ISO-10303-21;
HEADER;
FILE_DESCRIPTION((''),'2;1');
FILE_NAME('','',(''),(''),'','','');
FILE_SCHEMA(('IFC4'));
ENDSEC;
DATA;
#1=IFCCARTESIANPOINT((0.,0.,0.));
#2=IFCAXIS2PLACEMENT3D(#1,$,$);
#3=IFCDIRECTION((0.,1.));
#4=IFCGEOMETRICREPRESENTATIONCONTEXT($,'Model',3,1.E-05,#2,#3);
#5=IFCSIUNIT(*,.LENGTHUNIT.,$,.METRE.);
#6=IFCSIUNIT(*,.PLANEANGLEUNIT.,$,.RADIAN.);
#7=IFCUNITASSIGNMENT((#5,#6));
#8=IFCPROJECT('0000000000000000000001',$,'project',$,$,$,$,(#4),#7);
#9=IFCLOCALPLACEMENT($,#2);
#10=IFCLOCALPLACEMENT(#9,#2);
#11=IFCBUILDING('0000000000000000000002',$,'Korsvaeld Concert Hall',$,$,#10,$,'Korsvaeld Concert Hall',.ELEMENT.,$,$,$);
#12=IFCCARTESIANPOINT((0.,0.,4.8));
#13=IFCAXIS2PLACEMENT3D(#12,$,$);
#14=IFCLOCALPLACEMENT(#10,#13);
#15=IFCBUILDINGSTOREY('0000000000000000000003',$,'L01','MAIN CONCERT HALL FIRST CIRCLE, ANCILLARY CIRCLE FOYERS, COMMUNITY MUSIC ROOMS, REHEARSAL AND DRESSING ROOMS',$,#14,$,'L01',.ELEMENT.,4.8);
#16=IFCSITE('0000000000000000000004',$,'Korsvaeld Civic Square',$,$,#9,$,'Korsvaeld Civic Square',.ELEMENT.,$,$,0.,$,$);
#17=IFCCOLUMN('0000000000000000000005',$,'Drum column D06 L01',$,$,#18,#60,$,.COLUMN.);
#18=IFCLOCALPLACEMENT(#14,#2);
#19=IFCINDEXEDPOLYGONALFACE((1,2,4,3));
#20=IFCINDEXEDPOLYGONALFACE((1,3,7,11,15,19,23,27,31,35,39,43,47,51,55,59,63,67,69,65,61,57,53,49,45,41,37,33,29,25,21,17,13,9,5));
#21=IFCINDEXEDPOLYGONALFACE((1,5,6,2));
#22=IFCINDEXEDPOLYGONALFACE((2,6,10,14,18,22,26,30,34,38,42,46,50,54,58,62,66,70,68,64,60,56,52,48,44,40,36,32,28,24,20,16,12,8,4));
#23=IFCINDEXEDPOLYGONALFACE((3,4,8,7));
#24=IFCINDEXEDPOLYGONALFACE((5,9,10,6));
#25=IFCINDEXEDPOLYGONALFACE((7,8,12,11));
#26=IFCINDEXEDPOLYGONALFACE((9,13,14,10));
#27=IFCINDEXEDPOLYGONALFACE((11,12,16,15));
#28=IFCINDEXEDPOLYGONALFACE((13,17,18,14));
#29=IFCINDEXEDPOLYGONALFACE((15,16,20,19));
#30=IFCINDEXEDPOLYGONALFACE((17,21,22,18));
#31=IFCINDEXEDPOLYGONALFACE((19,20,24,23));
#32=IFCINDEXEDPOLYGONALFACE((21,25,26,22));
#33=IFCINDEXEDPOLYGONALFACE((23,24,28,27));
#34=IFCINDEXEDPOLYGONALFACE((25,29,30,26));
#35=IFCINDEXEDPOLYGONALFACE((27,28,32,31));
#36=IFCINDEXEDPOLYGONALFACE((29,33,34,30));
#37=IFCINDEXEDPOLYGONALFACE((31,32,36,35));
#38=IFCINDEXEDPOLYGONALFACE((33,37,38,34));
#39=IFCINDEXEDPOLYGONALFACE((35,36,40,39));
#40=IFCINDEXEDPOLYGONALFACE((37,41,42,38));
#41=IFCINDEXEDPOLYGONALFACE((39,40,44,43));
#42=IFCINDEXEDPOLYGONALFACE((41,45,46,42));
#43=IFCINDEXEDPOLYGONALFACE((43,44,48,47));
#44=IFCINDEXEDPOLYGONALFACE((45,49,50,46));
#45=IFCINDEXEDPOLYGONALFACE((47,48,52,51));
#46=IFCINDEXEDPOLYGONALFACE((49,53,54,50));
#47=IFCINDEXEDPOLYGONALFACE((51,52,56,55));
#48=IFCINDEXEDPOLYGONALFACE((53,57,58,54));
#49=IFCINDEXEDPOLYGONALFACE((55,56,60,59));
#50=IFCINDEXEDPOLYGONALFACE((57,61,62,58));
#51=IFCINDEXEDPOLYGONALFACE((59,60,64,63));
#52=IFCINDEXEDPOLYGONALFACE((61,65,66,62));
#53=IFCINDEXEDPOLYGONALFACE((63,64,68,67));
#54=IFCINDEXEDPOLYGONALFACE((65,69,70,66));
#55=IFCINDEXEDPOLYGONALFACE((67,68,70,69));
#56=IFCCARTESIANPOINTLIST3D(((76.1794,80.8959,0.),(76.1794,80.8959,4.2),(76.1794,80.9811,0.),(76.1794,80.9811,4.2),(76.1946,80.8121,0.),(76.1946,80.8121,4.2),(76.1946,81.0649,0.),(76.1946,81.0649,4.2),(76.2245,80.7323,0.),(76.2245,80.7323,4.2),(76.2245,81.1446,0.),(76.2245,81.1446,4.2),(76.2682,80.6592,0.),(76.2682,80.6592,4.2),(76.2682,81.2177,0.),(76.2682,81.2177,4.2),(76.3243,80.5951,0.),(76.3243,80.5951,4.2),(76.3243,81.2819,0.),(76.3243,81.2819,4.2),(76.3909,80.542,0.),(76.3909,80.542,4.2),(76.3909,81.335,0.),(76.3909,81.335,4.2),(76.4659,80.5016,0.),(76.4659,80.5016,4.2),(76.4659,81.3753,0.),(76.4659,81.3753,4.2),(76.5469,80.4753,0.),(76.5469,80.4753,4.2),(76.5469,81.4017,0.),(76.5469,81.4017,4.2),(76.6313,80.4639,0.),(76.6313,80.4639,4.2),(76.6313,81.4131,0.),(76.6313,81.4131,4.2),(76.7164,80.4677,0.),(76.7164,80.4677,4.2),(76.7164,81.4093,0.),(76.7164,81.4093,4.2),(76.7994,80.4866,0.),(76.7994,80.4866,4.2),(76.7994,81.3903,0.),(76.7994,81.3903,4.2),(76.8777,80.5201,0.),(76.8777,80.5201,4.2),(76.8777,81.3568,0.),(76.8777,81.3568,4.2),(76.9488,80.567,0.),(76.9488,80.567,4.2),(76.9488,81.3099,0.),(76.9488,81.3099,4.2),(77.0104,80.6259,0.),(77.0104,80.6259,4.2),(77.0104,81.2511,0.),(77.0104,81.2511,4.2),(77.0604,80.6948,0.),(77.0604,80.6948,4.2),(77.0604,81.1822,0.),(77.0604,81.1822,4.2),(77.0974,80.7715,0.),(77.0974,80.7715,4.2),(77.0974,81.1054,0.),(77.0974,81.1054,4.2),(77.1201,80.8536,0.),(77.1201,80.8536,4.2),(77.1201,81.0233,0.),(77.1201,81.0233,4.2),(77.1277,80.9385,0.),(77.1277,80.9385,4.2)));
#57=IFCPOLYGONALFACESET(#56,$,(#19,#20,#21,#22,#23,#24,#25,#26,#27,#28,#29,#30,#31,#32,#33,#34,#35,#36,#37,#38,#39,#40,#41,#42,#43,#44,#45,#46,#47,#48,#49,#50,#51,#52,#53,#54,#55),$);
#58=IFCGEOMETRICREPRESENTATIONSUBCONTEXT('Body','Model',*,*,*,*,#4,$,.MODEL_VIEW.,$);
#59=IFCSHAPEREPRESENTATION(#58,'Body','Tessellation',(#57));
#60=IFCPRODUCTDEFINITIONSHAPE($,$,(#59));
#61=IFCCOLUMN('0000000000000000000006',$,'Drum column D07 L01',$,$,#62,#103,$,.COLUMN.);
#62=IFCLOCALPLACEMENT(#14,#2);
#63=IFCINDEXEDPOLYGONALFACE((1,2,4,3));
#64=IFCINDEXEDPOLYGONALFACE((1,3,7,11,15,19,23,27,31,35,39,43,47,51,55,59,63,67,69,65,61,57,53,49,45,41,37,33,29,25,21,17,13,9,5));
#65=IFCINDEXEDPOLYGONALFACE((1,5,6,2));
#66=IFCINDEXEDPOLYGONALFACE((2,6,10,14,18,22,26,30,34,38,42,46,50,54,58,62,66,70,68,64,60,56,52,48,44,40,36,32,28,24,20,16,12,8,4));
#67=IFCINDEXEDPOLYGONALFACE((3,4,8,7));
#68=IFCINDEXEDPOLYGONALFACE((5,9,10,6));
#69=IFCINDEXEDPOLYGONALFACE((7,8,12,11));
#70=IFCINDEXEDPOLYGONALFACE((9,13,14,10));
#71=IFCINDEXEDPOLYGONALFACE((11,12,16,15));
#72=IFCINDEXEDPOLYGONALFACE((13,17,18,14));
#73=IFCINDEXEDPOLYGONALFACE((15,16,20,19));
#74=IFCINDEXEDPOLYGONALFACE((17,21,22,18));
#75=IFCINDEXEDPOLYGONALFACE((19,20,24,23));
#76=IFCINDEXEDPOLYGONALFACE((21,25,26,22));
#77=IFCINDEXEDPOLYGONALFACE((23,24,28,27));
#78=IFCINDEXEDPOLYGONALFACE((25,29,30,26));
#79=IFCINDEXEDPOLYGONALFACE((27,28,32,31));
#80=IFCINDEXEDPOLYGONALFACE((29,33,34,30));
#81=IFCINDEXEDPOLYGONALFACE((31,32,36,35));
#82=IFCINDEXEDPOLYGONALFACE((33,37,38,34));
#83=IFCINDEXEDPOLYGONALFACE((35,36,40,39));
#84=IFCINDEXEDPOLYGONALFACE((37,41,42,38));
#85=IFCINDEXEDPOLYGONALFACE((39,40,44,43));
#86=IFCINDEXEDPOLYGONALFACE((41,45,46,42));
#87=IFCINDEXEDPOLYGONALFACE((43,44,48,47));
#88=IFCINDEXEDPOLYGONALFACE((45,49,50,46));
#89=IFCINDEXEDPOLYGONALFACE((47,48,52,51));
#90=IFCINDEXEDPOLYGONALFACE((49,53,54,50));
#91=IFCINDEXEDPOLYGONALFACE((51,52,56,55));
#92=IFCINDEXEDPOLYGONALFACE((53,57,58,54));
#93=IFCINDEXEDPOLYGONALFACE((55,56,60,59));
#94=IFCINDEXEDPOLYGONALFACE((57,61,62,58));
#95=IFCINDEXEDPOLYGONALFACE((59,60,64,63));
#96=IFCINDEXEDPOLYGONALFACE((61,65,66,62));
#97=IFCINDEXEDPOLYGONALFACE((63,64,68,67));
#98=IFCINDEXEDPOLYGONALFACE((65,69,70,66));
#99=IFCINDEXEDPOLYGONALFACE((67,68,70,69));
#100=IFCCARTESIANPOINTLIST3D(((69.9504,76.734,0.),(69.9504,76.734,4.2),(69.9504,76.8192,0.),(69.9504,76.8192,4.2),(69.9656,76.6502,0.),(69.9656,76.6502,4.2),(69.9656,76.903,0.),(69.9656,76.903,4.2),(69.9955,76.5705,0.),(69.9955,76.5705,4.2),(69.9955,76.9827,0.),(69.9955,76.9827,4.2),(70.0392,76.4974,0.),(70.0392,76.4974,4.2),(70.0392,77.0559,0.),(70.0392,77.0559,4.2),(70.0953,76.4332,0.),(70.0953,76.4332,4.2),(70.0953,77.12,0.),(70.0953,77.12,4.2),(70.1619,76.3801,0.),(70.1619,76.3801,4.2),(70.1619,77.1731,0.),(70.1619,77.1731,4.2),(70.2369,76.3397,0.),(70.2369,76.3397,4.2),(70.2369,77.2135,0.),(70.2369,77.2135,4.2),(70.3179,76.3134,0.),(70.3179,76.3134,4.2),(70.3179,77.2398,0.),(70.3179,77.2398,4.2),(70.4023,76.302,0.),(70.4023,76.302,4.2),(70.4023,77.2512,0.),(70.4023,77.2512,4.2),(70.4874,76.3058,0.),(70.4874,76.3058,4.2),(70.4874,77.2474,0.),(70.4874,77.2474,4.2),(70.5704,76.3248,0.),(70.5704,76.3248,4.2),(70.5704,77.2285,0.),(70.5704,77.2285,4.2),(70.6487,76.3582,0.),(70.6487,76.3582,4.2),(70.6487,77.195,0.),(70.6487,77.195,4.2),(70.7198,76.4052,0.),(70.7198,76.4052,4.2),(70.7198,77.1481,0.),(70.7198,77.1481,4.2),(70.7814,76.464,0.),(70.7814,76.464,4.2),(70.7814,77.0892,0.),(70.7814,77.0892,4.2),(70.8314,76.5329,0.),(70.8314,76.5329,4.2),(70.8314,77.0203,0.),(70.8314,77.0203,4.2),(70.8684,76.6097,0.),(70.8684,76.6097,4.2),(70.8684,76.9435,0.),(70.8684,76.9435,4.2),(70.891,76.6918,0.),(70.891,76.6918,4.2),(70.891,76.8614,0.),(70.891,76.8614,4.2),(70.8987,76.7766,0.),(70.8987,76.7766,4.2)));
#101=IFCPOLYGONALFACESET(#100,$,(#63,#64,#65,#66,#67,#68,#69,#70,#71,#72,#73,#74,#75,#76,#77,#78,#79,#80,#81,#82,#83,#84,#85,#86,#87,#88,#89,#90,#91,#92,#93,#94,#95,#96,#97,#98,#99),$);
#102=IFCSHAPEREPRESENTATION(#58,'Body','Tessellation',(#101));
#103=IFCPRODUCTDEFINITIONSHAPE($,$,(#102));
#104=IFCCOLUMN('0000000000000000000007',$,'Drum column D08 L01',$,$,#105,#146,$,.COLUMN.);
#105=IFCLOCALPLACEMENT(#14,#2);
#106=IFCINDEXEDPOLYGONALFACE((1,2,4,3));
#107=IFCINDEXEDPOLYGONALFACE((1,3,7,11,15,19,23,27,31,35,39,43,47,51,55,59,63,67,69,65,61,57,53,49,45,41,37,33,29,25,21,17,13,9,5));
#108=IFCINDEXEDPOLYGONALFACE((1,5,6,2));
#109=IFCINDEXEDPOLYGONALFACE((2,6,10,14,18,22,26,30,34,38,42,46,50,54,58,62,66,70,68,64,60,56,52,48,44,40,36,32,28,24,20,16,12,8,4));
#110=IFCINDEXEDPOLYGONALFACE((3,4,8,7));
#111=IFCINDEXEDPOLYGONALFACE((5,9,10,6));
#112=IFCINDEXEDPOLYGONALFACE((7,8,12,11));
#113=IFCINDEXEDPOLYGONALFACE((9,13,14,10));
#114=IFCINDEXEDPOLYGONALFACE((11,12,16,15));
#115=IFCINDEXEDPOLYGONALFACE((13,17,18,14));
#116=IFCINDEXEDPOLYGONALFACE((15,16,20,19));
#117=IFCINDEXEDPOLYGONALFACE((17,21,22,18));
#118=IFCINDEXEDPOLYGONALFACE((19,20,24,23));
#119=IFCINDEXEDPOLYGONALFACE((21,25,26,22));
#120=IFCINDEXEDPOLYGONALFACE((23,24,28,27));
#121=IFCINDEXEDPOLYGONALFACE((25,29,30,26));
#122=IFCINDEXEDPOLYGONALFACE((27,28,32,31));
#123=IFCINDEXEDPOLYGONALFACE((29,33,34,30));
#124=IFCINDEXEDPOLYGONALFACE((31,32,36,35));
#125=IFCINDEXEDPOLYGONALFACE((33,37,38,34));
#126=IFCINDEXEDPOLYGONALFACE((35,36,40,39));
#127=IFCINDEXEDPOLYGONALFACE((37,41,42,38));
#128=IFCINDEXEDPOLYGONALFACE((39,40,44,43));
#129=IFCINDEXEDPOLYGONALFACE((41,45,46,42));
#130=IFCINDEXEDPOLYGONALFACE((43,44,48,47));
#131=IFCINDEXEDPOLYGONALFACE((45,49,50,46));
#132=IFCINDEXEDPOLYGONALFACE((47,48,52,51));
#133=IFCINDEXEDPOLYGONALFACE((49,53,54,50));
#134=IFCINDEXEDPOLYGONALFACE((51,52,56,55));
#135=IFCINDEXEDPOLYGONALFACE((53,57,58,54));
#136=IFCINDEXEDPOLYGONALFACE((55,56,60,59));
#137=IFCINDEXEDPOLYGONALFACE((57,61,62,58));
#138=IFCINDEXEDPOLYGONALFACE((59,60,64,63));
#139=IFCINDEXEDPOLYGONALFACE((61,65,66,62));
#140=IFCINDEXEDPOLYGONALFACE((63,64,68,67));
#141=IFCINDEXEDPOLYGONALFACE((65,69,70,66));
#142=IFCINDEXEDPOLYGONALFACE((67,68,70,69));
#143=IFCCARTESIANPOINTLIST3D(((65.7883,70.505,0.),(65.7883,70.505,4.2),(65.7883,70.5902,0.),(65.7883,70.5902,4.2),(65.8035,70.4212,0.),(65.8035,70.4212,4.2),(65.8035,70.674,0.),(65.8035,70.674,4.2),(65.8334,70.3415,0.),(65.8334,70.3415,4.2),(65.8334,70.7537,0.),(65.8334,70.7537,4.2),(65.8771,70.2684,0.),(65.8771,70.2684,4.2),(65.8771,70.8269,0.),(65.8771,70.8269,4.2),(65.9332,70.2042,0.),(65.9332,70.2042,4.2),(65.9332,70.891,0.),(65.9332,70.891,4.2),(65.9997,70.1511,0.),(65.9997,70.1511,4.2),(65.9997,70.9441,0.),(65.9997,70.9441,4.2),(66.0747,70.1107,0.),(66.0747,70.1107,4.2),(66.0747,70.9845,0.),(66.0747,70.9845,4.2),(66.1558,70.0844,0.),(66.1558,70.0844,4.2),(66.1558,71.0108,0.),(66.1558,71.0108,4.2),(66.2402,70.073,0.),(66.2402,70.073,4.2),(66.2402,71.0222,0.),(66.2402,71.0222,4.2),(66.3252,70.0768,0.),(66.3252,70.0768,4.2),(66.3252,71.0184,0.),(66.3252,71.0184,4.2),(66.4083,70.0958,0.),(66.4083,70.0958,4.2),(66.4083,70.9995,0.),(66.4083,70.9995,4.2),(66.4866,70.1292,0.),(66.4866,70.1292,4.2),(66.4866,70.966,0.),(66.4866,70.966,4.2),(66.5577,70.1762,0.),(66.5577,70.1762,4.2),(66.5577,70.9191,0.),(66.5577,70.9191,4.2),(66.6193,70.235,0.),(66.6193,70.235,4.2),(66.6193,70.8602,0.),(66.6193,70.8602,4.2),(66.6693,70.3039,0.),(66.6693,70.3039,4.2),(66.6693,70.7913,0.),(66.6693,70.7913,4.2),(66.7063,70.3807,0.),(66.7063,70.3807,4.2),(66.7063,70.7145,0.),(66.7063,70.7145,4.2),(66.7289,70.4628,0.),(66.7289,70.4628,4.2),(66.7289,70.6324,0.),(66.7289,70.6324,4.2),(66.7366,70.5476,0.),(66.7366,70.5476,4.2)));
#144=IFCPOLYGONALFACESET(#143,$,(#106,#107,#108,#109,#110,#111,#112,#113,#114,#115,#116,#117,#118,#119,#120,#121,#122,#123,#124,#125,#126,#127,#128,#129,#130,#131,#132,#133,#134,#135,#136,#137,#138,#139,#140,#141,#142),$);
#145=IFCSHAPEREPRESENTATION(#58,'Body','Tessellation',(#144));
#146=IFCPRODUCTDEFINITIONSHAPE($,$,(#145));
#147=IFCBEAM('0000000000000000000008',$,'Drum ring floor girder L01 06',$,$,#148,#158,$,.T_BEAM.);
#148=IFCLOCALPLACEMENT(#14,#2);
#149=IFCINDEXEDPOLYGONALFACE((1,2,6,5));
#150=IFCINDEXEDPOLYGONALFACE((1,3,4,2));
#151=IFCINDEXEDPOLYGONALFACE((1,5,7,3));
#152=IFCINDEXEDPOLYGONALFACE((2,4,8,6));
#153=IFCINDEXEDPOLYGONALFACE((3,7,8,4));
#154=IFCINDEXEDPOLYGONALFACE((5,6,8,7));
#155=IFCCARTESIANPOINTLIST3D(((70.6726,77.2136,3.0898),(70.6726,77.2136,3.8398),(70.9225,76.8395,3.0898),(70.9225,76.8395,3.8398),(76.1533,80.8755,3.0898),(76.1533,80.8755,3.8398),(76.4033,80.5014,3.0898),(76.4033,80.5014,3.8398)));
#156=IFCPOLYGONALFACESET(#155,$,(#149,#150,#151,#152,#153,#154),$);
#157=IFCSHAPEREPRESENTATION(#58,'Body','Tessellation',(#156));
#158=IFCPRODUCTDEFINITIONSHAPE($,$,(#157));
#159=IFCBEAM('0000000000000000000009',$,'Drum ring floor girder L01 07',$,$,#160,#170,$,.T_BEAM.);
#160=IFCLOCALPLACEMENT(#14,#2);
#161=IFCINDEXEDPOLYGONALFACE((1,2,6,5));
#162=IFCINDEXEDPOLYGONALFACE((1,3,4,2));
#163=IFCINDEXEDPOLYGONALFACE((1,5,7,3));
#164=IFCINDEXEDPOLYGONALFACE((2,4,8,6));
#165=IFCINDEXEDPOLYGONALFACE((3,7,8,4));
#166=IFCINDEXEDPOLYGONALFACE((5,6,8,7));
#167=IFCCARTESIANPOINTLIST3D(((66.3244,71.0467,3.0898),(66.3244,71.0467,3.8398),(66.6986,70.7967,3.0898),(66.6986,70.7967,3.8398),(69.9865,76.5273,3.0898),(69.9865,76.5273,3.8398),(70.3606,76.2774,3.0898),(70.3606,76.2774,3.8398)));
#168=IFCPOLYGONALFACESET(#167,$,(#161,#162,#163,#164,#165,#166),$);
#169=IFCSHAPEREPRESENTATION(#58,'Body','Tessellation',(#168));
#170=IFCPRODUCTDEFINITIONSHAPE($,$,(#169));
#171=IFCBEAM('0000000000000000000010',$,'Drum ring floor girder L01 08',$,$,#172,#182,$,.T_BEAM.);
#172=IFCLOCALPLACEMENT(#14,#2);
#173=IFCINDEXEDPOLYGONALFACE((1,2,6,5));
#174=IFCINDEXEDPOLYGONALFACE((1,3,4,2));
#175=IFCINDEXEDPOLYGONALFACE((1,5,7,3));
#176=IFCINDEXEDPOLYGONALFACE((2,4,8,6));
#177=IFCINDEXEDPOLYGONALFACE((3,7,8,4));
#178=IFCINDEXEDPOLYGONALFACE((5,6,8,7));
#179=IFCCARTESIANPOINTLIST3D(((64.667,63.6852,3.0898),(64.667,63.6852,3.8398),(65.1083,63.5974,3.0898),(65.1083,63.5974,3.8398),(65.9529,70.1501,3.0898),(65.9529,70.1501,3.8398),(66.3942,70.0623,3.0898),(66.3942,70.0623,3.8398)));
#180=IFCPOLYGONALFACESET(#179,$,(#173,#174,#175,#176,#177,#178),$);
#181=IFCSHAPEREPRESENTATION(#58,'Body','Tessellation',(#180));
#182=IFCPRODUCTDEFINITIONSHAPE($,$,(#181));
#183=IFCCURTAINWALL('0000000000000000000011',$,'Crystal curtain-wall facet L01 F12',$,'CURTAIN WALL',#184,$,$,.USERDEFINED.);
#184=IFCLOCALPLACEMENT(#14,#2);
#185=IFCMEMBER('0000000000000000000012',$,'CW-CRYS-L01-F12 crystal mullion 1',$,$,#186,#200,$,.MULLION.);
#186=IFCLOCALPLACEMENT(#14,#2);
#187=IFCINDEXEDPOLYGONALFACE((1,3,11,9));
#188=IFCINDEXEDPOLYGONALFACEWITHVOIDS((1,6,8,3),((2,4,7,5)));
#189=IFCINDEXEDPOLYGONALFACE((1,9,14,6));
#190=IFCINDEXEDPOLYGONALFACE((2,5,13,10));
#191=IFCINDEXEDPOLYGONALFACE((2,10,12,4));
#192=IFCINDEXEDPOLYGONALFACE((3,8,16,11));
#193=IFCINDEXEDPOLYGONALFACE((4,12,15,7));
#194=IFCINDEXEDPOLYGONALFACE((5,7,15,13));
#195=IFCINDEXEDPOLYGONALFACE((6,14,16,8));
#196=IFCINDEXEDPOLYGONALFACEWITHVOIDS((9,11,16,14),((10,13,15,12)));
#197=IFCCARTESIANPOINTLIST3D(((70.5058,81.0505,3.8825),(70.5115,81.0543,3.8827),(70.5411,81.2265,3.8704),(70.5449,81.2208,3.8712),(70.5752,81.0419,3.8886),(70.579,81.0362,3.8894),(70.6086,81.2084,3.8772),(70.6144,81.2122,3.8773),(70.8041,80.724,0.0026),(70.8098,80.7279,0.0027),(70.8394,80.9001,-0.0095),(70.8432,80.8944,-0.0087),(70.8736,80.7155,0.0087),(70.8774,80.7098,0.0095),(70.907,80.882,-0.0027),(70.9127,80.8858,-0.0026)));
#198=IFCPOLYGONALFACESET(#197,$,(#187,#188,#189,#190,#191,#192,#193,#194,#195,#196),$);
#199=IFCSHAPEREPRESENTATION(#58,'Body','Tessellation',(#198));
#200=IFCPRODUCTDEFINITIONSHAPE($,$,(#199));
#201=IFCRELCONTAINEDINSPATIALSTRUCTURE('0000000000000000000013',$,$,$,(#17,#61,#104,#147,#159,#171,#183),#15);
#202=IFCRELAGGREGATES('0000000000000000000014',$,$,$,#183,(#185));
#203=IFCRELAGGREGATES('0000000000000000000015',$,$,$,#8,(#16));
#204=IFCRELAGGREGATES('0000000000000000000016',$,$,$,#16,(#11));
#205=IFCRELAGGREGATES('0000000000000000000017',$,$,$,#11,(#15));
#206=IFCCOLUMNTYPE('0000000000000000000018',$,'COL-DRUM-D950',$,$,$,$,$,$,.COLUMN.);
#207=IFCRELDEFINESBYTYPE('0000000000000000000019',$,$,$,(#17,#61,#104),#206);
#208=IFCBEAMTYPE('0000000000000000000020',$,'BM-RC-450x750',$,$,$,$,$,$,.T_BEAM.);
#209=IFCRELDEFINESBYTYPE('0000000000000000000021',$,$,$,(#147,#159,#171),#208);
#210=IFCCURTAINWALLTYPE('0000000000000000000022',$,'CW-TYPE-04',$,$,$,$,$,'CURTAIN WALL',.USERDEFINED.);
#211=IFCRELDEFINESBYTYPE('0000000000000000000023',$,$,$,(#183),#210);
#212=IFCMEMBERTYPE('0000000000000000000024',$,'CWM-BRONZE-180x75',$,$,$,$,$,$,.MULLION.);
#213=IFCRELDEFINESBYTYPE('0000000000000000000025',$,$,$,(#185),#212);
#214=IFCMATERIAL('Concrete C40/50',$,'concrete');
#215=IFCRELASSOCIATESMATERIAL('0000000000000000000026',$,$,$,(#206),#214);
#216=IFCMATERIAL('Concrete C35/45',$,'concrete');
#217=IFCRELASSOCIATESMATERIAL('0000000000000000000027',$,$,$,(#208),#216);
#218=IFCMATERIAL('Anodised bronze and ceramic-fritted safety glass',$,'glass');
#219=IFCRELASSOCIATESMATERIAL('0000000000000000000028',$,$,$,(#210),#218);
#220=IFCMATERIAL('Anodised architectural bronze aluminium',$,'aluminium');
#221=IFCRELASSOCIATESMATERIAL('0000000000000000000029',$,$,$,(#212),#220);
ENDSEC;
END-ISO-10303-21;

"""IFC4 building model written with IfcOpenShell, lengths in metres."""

from ifc_helpers import new_model, si_unit, direction, frame, origin, origin_2d, place, context, subcontext, project, spatial, rectangle, hollow_rectangle, circle, extrude, material, material_profile, profile_set, type_object, element, aggregate, save


model = new_model("IFC4")

# Units and contexts
model_context = context("Model", 3, precision=1e-05, world=origin(), true_north=direction((0.0, 1.0)))
body_context = subcontext(model_context, "Body", "Model", "MODEL_VIEW")
ifc_project = project(units=[si_unit("LENGTHUNIT", "METRE"), si_unit("PLANEANGLEUNIT", "RADIAN")], contexts=[model_context])

# Site, building, storey
site_placement = place(None, origin())
site = spatial("IfcSite", under=ifc_project, at=site_placement, Name="Korsvaeld Civic Square", LongName="Korsvaeld Civic Square", CompositionType="ELEMENT", RefElevation=0.0)
building_placement = place(site_placement, origin())
building = spatial("IfcBuilding", under=site, at=building_placement, Name="Korsvaeld Concert Hall", LongName="Korsvaeld Concert Hall", CompositionType="ELEMENT")
storey_placement = place(building_placement, frame((0.0, 0.0, 4.8)))
storey = spatial("IfcBuildingStorey", under=building, at=storey_placement, Name="L01", Description="MAIN CONCERT HALL FIRST CIRCLE, ANCILLARY CIRCLE FOYERS, COMMUNITY MUSIC ROOMS, REHEARSAL AND DRESSING ROOMS", LongName="L01", CompositionType="ELEMENT", Elevation=4.8)

# Columns
ifc_material_1 = material(Name="Concrete C40/50", Category="concrete")
ifc_material_profile_1 = material_profile(ifc_material_1, circle(Radius=0.4751, at=origin_2d()), Name="RC D950")
ifc_profile_set_1 = profile_set([ifc_material_profile_1], Name="Concrete C40/50")
column_type = type_object("IfcColumnType", Name="COL-DRUM-D950", PredefinedType="COLUMN", material=ifc_profile_set_1)
for number, where, z_axis, x_axis, name in (
    (1, (76.6526, 80.9385, 0.0), (0.0, 0.0, 1.0), (1.0, 0.0, 0.0), "Drum column D06 L01"),
    (2, (70.4236, 76.7766, 0.0), (0.0, 0.0, 1.0), (1.0, 0.0, 0.0), "Drum column D07 L01"),
    (3, (66.2615, 70.5476, 0.0), (0.0, 0.0, 1.0), (1.0, 0.0, 0.0), "Drum column D08 L01"),
):
    element("IfcColumn", number, at=place(storey_placement, frame(where, z_axis=z_axis, x_axis=x_axis)), inside=storey, type_object=column_type, Name=name, PredefinedType="COLUMN", context=body_context, shape_type="SweptSolid", body=[
        extrude(circle(Radius=0.4751, at=origin_2d()), origin(), (0.0, 0.0, 1.0), 4.2),
    ])

# Beams
ifc_material_2 = material(Name="Concrete C35/45", Category="concrete")
ifc_material_profile_2 = material_profile(ifc_material_2, rectangle(XDim=0.45, YDim=0.75, at=origin_2d()), Name="RC 450x750")
ifc_profile_set_2 = profile_set([ifc_material_profile_2], Name="Concrete C35/45")
beam_type = type_object("IfcBeamType", Name="BM-RC-450x750", PredefinedType="T_BEAM", material=ifc_profile_set_2)
for number, where, z_axis, x_axis, name in (
    (4, (76.2783, 80.6885, 3.4648), (-0.831486, -0.555546, 0.0), (0.555546, -0.831486, 0.0), "Drum ring floor girder L01 06"),
    (5, (70.1736, 76.4023, 3.4648), (-0.555572, -0.831469, 0.0), (0.831469, -0.555572, 0.0), "Drum ring floor girder L01 07"),
    (6, (66.1736, 70.1062, 3.4648), (-0.195083, -0.980787, 0.0), (0.980787, -0.195083, 0.0), "Drum ring floor girder L01 08"),
):
    element("IfcBeam", number, at=place(storey_placement, frame(where, z_axis=z_axis, x_axis=x_axis)), inside=storey, type_object=beam_type, Name=name, PredefinedType="T_BEAM", context=body_context, shape_type="SweptSolid", body=[
        extrude(rectangle(XDim=0.45, YDim=0.75, at=origin_2d()), origin(), (0.0, 0.0, 1.0), 6.5916),
    ])

# Curtain wall, member
ifc_material_3 = material(Name="Anodised bronze and ceramic-fritted safety glass", Category="glass")
curtain_wall_type_1 = type_object("IfcCurtainWallType", Name="CW-TYPE-04", ElementType="CURTAIN WALL", PredefinedType="USERDEFINED", material=ifc_material_3)
curtain_wall_1_placement = place(storey_placement, origin())
curtain_wall_1 = element("IfcCurtainWall", 7, at=curtain_wall_1_placement, inside=storey, type_object=curtain_wall_type_1, Name="Crystal curtain-wall facet L01 F12", ObjectType="CURTAIN WALL", PredefinedType="USERDEFINED")
ifc_material_4 = material(Name="Anodised architectural bronze aluminium", Category="aluminium")
ifc_material_profile_3 = material_profile(ifc_material_4, hollow_rectangle(XDim=0.075, YDim=0.1799, WallThickness=0.0049, at=origin_2d()), Name="CWM 180x75x5")
ifc_profile_set_3 = profile_set([ifc_material_profile_3], Name="Anodised architectural bronze aluminium")
member_type_1 = type_object("IfcMemberType", Name="CWM-BRONZE-180x75", PredefinedType="MULLION", material=ifc_profile_set_3)
member_1_placement = place(storey_placement, frame((70.8584, 80.8049, 0.0), z_axis=(-0.076399, 0.083589, 0.993567), x_axis=(-0.977549, 0.18997, -0.09115)))
member_1 = element("IfcMember", 8, at=member_1_placement, type_object=member_type_1, Name="CW-CRYS-L01-F12 crystal mullion 1", PredefinedType="MULLION", context=body_context, shape_type="SweptSolid", body=[
    extrude(hollow_rectangle(XDim=0.075, YDim=0.1799, WallThickness=0.0049, at=origin_2d()), origin(), (0.0, 0.0, 1.0), 3.905),
])

aggregate(curtain_wall_1, [member_1])

save(model, "model.ifc")
